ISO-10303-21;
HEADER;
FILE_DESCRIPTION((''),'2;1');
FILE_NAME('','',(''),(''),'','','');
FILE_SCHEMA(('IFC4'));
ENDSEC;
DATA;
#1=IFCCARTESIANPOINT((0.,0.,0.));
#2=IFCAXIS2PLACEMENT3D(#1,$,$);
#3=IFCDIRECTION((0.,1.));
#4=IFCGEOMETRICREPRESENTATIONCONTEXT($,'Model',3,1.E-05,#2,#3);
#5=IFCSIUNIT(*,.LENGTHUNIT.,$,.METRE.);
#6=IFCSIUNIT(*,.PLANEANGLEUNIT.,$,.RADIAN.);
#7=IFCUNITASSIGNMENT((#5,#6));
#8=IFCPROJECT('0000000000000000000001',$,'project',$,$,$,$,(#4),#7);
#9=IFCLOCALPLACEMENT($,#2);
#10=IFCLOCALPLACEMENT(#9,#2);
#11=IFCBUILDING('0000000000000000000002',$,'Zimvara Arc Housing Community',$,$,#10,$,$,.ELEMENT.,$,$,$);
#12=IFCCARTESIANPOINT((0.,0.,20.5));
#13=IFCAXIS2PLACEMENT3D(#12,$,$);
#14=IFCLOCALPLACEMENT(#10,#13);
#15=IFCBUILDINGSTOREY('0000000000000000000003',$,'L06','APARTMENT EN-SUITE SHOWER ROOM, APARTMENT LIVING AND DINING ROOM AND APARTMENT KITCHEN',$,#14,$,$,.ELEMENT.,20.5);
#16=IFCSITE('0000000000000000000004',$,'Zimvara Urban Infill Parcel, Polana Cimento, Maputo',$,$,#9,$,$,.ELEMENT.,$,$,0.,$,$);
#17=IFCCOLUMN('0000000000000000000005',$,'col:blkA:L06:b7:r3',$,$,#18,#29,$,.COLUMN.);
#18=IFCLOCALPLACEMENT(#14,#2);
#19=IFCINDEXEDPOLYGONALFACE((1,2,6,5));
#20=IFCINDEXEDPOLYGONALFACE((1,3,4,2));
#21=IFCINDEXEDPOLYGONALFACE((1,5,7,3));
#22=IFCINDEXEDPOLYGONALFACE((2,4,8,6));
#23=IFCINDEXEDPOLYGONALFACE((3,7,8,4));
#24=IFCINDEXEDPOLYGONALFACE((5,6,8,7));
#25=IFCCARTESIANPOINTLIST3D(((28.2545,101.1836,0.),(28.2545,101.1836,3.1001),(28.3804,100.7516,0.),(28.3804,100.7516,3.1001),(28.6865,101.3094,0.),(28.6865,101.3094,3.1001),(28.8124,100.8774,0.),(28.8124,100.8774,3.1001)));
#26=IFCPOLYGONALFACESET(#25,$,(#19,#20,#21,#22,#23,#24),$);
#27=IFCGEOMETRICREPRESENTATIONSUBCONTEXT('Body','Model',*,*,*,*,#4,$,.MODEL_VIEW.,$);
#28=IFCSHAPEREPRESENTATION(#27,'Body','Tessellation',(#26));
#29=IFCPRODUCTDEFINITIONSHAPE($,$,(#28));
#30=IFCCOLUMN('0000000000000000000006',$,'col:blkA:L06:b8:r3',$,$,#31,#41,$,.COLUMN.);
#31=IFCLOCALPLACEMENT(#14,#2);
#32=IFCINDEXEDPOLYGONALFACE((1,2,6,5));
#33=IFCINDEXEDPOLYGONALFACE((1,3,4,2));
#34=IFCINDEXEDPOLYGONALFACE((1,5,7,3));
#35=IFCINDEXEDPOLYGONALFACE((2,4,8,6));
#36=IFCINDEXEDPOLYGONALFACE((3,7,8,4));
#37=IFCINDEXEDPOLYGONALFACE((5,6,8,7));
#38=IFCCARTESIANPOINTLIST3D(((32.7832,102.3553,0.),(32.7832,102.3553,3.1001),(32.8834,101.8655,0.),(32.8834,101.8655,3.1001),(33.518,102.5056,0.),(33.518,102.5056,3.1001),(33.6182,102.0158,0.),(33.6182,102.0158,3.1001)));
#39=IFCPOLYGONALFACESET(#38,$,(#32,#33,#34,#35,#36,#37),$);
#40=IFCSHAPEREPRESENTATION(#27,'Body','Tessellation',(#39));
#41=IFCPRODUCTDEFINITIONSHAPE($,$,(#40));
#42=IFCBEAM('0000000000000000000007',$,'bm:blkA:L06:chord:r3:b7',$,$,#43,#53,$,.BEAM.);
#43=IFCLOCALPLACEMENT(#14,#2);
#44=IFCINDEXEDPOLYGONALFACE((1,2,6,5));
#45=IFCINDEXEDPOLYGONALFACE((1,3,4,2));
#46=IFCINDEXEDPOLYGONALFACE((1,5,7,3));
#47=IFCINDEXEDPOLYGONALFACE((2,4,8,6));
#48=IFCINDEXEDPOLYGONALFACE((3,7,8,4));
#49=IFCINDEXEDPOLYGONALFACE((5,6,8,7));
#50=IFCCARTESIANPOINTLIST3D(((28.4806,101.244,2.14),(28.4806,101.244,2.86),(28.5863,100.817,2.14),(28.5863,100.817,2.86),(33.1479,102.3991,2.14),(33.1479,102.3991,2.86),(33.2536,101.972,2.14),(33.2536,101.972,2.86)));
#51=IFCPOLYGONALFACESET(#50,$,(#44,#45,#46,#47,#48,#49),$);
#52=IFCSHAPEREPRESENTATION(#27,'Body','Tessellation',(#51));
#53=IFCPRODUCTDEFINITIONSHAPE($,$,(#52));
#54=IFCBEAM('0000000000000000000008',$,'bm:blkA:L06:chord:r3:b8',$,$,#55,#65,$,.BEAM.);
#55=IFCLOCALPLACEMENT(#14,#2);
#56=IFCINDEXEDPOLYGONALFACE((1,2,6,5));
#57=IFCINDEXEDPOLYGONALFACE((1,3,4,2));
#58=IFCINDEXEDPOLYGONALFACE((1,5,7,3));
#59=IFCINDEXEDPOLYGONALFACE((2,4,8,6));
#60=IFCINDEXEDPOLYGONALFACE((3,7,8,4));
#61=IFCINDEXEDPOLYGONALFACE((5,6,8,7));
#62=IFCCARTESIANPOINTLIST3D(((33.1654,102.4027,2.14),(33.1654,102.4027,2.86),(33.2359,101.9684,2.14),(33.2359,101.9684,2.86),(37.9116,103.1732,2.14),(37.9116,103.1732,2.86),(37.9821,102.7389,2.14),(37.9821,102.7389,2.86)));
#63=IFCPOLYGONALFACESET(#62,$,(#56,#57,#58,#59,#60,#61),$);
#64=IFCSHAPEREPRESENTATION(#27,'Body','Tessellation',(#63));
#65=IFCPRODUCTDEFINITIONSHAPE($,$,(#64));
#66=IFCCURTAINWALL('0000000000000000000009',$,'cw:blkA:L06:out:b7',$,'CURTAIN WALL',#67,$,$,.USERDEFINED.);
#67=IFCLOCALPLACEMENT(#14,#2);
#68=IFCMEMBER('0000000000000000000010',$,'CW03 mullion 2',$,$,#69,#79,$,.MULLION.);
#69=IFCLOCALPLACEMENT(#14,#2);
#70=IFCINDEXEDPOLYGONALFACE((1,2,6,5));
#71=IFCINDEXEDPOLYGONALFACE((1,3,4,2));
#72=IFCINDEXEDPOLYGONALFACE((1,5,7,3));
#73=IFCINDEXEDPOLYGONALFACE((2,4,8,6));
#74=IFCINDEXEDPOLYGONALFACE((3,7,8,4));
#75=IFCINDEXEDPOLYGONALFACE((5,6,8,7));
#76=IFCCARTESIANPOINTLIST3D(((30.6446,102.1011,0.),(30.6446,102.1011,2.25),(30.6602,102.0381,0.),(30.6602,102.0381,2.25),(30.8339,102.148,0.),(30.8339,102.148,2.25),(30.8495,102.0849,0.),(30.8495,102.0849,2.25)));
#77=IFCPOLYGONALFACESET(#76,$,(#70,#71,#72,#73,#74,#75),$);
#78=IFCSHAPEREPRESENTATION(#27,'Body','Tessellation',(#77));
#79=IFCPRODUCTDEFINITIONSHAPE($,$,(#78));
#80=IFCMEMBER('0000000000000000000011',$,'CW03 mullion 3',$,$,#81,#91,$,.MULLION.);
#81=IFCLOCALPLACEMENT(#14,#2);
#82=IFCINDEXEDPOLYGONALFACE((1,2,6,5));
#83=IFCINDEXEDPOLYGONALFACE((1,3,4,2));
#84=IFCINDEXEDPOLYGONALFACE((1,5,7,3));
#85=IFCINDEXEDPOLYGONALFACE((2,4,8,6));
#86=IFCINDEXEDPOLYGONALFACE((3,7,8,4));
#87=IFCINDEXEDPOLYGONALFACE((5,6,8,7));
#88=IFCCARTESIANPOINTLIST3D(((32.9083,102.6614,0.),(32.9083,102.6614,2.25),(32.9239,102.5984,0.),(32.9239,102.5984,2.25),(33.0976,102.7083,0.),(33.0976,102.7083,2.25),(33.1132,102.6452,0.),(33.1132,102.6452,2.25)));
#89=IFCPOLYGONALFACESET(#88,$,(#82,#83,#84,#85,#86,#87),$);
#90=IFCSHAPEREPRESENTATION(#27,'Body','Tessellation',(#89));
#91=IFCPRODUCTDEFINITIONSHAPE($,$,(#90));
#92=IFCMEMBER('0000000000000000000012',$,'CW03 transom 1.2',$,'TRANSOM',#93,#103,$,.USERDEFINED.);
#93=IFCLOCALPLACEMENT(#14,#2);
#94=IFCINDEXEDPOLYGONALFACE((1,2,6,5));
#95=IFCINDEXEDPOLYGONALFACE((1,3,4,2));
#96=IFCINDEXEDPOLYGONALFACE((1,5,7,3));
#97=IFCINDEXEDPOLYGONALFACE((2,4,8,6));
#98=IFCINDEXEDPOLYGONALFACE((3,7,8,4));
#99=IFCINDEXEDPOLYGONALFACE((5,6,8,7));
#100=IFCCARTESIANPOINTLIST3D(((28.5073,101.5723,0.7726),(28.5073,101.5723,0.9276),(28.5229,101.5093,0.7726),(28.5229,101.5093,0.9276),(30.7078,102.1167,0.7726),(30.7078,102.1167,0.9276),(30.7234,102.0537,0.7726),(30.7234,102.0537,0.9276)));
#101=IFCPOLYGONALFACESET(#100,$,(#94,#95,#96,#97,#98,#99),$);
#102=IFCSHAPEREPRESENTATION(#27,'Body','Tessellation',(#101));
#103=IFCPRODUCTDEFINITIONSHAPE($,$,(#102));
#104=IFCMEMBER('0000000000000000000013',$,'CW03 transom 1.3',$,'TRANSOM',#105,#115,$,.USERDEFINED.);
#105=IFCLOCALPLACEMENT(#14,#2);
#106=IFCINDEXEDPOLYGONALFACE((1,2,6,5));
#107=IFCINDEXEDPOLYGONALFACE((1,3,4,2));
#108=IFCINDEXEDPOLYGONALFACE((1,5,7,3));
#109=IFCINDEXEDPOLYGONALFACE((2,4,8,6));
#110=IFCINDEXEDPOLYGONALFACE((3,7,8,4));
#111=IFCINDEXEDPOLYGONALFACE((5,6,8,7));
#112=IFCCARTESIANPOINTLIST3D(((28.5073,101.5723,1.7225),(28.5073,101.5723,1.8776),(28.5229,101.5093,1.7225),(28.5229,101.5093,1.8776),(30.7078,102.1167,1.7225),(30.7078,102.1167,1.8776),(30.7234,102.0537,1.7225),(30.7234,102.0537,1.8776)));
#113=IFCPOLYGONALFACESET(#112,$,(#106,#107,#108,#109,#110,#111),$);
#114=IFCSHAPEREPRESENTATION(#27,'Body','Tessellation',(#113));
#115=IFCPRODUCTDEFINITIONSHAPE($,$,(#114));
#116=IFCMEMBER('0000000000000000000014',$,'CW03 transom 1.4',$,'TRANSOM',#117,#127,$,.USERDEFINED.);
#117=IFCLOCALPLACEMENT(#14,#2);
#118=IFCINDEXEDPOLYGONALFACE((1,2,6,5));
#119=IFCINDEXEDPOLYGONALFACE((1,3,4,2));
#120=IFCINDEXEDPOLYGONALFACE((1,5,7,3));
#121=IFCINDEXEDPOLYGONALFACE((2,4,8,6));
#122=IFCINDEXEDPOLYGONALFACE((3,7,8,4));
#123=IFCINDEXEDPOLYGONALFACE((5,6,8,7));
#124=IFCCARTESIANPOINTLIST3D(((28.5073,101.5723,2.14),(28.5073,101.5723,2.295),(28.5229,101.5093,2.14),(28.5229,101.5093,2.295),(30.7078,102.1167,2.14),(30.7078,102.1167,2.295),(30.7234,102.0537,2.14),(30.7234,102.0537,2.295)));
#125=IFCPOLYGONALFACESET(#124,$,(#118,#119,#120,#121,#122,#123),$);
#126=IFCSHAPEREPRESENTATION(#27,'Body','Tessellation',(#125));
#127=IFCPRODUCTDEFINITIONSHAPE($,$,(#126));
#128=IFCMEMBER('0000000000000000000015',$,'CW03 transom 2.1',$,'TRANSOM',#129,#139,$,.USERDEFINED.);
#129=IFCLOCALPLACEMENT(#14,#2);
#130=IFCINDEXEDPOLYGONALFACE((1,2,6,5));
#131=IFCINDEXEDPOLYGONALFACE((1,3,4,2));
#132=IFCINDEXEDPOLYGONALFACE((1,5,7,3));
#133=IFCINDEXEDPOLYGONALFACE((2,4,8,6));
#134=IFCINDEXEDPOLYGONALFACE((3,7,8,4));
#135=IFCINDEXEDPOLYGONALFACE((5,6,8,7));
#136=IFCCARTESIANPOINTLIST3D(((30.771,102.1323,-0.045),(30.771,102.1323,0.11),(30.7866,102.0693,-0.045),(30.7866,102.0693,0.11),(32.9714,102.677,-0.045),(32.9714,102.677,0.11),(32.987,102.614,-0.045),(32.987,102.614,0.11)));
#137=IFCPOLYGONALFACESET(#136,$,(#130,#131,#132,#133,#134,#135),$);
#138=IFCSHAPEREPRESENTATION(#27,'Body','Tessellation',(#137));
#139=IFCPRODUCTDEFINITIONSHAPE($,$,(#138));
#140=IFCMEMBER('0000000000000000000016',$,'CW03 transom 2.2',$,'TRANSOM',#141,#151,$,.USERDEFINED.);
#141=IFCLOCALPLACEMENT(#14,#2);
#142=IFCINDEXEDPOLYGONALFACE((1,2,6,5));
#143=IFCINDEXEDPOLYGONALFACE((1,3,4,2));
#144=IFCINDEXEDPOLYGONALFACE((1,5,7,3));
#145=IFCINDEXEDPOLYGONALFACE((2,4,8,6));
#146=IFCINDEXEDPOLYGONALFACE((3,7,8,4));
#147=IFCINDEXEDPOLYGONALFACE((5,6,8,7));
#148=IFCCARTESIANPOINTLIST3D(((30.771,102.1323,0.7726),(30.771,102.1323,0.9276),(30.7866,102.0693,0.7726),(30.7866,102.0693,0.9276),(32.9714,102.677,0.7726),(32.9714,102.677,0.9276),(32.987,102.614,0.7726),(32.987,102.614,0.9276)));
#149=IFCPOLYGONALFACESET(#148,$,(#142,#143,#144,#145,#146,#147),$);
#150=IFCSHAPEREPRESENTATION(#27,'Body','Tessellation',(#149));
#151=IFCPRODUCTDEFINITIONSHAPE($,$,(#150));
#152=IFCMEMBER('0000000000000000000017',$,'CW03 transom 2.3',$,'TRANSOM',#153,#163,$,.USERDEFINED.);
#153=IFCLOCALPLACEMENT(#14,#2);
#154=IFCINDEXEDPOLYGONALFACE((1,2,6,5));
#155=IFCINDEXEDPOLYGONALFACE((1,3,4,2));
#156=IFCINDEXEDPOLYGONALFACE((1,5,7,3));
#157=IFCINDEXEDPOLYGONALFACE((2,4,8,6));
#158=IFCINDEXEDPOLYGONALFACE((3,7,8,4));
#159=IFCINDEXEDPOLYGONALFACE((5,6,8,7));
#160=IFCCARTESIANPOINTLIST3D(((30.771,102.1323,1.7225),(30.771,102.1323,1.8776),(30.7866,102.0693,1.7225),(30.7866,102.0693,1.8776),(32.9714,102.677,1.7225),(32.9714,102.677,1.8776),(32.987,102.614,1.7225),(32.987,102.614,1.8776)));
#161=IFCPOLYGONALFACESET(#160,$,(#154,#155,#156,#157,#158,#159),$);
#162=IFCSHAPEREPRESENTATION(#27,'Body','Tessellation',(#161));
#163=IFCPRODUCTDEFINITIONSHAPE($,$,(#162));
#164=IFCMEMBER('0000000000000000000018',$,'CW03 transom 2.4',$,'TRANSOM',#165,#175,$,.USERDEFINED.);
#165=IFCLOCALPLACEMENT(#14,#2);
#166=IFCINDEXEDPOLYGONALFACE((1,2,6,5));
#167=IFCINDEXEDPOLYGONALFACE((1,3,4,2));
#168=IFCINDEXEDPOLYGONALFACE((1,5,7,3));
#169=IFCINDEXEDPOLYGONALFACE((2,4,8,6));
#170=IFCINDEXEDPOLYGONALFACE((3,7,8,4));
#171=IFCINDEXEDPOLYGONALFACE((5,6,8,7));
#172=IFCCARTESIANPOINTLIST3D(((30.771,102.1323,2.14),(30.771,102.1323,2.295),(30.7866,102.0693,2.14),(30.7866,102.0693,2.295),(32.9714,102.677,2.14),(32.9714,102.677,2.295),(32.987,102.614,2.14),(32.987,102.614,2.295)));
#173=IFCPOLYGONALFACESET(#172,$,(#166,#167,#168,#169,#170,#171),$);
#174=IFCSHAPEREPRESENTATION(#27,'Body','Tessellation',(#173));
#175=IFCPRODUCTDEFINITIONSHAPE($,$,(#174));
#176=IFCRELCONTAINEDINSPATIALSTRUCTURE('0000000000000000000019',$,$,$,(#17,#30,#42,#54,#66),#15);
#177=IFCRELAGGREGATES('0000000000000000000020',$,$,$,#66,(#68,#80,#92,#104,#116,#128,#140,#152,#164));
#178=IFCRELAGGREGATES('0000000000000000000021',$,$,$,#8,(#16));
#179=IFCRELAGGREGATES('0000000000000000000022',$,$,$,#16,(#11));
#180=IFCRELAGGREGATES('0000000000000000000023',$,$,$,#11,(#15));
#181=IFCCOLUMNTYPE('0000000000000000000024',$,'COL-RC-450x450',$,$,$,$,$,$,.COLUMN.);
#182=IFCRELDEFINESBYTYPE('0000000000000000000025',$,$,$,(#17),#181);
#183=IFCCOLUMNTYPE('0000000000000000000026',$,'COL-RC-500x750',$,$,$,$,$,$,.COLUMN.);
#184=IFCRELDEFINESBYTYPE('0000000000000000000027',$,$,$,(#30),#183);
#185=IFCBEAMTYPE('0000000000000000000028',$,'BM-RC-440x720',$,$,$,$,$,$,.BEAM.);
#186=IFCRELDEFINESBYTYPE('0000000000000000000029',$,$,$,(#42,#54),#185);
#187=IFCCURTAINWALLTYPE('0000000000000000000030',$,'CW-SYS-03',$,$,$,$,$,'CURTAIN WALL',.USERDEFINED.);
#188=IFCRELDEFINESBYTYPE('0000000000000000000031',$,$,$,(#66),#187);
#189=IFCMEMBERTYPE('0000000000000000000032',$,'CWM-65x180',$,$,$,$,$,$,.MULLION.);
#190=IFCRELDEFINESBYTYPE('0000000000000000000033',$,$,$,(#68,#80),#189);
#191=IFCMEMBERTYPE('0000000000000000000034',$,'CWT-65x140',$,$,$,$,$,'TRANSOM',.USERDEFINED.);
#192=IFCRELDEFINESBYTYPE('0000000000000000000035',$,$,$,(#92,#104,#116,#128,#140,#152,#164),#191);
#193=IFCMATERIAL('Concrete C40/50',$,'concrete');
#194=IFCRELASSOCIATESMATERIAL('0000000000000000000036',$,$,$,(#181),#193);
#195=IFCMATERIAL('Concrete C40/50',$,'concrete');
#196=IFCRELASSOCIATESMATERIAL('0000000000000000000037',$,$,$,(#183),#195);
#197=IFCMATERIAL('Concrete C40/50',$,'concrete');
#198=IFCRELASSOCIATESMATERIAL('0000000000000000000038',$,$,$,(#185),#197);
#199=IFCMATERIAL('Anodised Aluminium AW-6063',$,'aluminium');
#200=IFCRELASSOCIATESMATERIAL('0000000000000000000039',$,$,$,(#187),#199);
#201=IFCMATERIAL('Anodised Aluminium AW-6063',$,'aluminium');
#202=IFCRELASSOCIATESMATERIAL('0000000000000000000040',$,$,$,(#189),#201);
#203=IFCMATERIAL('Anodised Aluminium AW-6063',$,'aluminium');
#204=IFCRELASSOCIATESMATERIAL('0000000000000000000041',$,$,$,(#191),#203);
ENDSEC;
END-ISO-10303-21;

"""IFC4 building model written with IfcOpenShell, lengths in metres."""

from ifc_helpers import new_model, si_unit, direction, frame, origin, origin_2d, place, context, subcontext, project, spatial, rectangle, extrude, material, material_profile, profile_set, type_object, element, aggregate, save


model = new_model("IFC4")

# Units and contexts
model_context = context("Model", 3, precision=1e-05, world=origin(), true_north=direction((0.0, 1.0)))
body_context = subcontext(model_context, "Body", "Model", "MODEL_VIEW")
ifc_project = project(units=[si_unit("LENGTHUNIT", "METRE"), si_unit("PLANEANGLEUNIT", "RADIAN")], contexts=[model_context])

# Site, building, storey
site_placement = place(None, origin())
site = spatial("IfcSite", under=ifc_project, at=site_placement, Name="Zimvara Urban Infill Parcel, Polana Cimento, Maputo", CompositionType="ELEMENT", RefElevation=0.0)
building_placement = place(site_placement, origin())
building = spatial("IfcBuilding", under=site, at=building_placement, Name="Zimvara Arc Housing Community", CompositionType="ELEMENT")
storey_placement = place(building_placement, frame((0.0, 0.0, 20.5)))
storey = spatial("IfcBuildingStorey", under=building, at=storey_placement, Name="L06", Description="APARTMENT EN-SUITE SHOWER ROOM, APARTMENT LIVING AND DINING ROOM AND APARTMENT KITCHEN", CompositionType="ELEMENT", Elevation=20.5)

# Columns
ifc_material_1 = material(Name="Concrete C40/50", Category="concrete")
ifc_material_profile_1 = material_profile(ifc_material_1, rectangle(XDim=0.45, YDim=0.45, at=origin_2d()), Name="RC 450x450")
ifc_profile_set_1 = profile_set([ifc_material_profile_1], Name="Concrete C40/50")
column_type_1 = type_object("IfcColumnType", Name="COL-RC-450x450", PredefinedType="COLUMN", material=ifc_profile_set_1)
column_1_placement = place(storey_placement, frame((28.5334, 101.0305, 0.0), z_axis=(0.0, 0.0, 1.0), x_axis=(-0.279661, 0.960099, 0.0)))
element("IfcColumn", 1, at=column_1_placement, inside=storey, type_object=column_type_1, Name="col:blkA:L06:b7:r3", PredefinedType="COLUMN", context=body_context, shape_type="SweptSolid", body=[
    extrude(rectangle(XDim=0.45, YDim=0.45, at=origin_2d()), origin(), (0.0, 0.0, 1.0), 3.1001),
])
ifc_material_2 = material(Name="Concrete C40/50", Category="concrete")
ifc_material_profile_2 = material_profile(ifc_material_2, rectangle(XDim=0.5, YDim=0.75, at=origin_2d()), Name="RC 500x750")
ifc_profile_set_2 = profile_set([ifc_material_profile_2], Name="Concrete C40/50")
column_type_2 = type_object("IfcColumnType", Name="COL-RC-500x750", PredefinedType="COLUMN", material=ifc_profile_set_2)
column_2_placement = place(storey_placement, frame((33.2007, 102.1855, 0.0), z_axis=(0.0, 0.0, 1.0), x_axis=(-0.200394, 0.979715, 0.0)))
element("IfcColumn", 2, at=column_2_placement, inside=storey, type_object=column_type_2, Name="col:blkA:L06:b8:r3", PredefinedType="COLUMN", context=body_context, shape_type="SweptSolid", body=[
    extrude(rectangle(XDim=0.5, YDim=0.75, at=origin_2d()), origin(), (0.0, 0.0, 1.0), 3.1001),
])

# Beams
ifc_material_3 = material(Name="Concrete C40/50", Category="concrete")
ifc_material_profile_3 = material_profile(ifc_material_3, rectangle(XDim=0.4399, YDim=0.72, at=origin_2d()), Name="RC 440x720")
ifc_profile_set_3 = profile_set([ifc_material_profile_3], Name="Concrete C40/50")
beam_type = type_object("IfcBeamType", Name="BM-RC-440x720", PredefinedType="BEAM", material=ifc_profile_set_3)
beam_1_placement = place(storey_placement, frame((28.5334, 101.0305, 2.5), z_axis=(0.970716, 0.240229, 0.0), x_axis=(-0.240229, 0.970716, 0.0)))
element("IfcBeam", 3, at=beam_1_placement, inside=storey, type_object=beam_type, Name="bm:blkA:L06:chord:r3:b7", PredefinedType="BEAM", context=body_context, shape_type="SweptSolid", body=[
    extrude(rectangle(XDim=0.4399, YDim=0.72, at=origin_2d()), origin(), (0.0, 0.0, 1.0), 4.8081),
])
beam_2_placement = place(storey_placement, frame((33.2007, 102.1855, 2.5), z_axis=(0.987077, 0.160248, 0.0), x_axis=(-0.160248, 0.987077, 0.0)))
element("IfcBeam", 4, at=beam_2_placement, inside=storey, type_object=beam_type, Name="bm:blkA:L06:chord:r3:b8", PredefinedType="BEAM", context=body_context, shape_type="SweptSolid", body=[
    extrude(rectangle(XDim=0.4399, YDim=0.72, at=origin_2d()), origin(), (0.0, 0.0, 1.0), 4.8083),
])

# Curtain wall, members
ifc_material_4 = material(Name="Anodised Aluminium AW-6063", Category="aluminium")
curtain_wall_type = type_object("IfcCurtainWallType", Name="CW-SYS-03", ElementType="CURTAIN WALL", PredefinedType="USERDEFINED", material=ifc_material_4)
curtain_wall_placement = place(storey_placement, origin())
curtain_wall = element("IfcCurtainWall", 5, at=curtain_wall_placement, inside=storey, type_object=curtain_wall_type, Name="cw:blkA:L06:out:b7", ObjectType="CURTAIN WALL", PredefinedType="USERDEFINED")
ifc_material_5 = material(Name="Anodised Aluminium AW-6063", Category="aluminium")
ifc_material_profile_4 = material_profile(ifc_material_5, rectangle(XDim=0.0649, YDim=0.1951, at=origin_2d()), Name="ALU 65x195")
ifc_profile_set_4 = profile_set([ifc_material_profile_4], Name="Anodised Aluminium AW-6063")
member_type_1 = type_object("IfcMemberType", Name="CWM-65x180", PredefinedType="MULLION", material=ifc_profile_set_4)
member_1_placement = place(storey_placement, frame((30.7471, 102.093, 0.0), z_axis=(0.0, 0.0, 1.0), x_axis=(-0.24023, 0.970716, 0.0)))
member_1 = element("IfcMember", 6, at=member_1_placement, type_object=member_type_1, Name="CW03 mullion 2", PredefinedType="MULLION", context=body_context, shape_type="SweptSolid", body=[
    extrude(rectangle(XDim=0.0649, YDim=0.1951, at=origin_2d()), origin(), (0.0, 0.0, 1.0), 2.25),
])
member_2_placement = place(storey_placement, frame((33.0107, 102.6533, 0.0), z_axis=(0.0, 0.0, 1.0), x_axis=(-0.24023, 0.970716, 0.0)))
member_2 = element("IfcMember", 7, at=member_2_placement, type_object=member_type_1, Name="CW03 mullion 3", PredefinedType="MULLION", context=body_context, shape_type="SweptSolid", body=[
    extrude(rectangle(XDim=0.0649, YDim=0.1951, at=origin_2d()), origin(), (0.0, 0.0, 1.0), 2.25),
])
ifc_material_6 = material(Name="Anodised Aluminium AW-6063", Category="aluminium")
ifc_material_profile_5 = material_profile(ifc_material_6, rectangle(XDim=0.0649, YDim=0.155, at=origin_2d()), Name="ALU 65x155")
ifc_profile_set_5 = profile_set([ifc_material_profile_5], Name="Anodised Aluminium AW-6063")
member_type_2 = type_object("IfcMemberType", Name="CWT-65x140", ElementType="TRANSOM", PredefinedType="USERDEFINED", material=ifc_profile_set_5)
member_3_placement = place(storey_placement, frame((28.5151, 101.5408, 0.8501), z_axis=(0.970729, 0.240178, 0.0), x_axis=(-0.240178, 0.970729, 0.0)))
member_3 = element("IfcMember", 8, at=member_3_placement, type_object=member_type_2, Name="CW03 transom 1.2", ObjectType="TRANSOM", PredefinedType="USERDEFINED", context=body_context, shape_type="SweptSolid", body=[
    extrude(rectangle(XDim=0.0649, YDim=0.155, at=origin_2d()), origin(), (0.0, 0.0, 1.0), 2.2668),
])
member_4_placement = place(storey_placement, frame((28.5151, 101.5408, 1.8), z_axis=(0.970729, 0.240178, 0.0), x_axis=(-0.240178, 0.970729, 0.0)))
member_4 = element("IfcMember", 9, at=member_4_placement, type_object=member_type_2, Name="CW03 transom 1.3", ObjectType="TRANSOM", PredefinedType="USERDEFINED", context=body_context, shape_type="SweptSolid", body=[
    extrude(rectangle(XDim=0.0649, YDim=0.155, at=origin_2d()), origin(), (0.0, 0.0, 1.0), 2.2668),
])
member_5_placement = place(storey_placement, frame((28.5151, 101.5408, 2.2175), z_axis=(0.970729, 0.240178, 0.0), x_axis=(-0.240178, 0.970729, 0.0)))
member_5 = element("IfcMember", 10, at=member_5_placement, type_object=member_type_2, Name="CW03 transom 1.4", ObjectType="TRANSOM", PredefinedType="USERDEFINED", context=body_context, shape_type="SweptSolid", body=[
    extrude(rectangle(XDim=0.0649, YDim=0.155, at=origin_2d()), origin(), (0.0, 0.0, 1.0), 2.2668),
])
member_6_placement = place(storey_placement, frame((30.7788, 102.1008, 0.0325), z_axis=(0.970704, 0.24028, 0.0), x_axis=(-0.24028, 0.970704, 0.0)))
member_6 = element("IfcMember", 11, at=member_6_placement, type_object=member_type_2, Name="CW03 transom 2.1", ObjectType="TRANSOM", PredefinedType="USERDEFINED", context=body_context, shape_type="SweptSolid", body=[
    extrude(rectangle(XDim=0.0649, YDim=0.155, at=origin_2d()), origin(), (0.0, 0.0, 1.0), 2.2668),
])
member_7_placement = place(storey_placement, frame((30.7788, 102.1008, 0.8501), z_axis=(0.970704, 0.24028, 0.0), x_axis=(-0.24028, 0.970704, 0.0)))
member_7 = element("IfcMember", 12, at=member_7_placement, type_object=member_type_2, Name="CW03 transom 2.2", ObjectType="TRANSOM", PredefinedType="USERDEFINED", context=body_context, shape_type="SweptSolid", body=[
    extrude(rectangle(XDim=0.0649, YDim=0.155, at=origin_2d()), origin(), (0.0, 0.0, 1.0), 2.2668),
])
member_8_placement = place(storey_placement, frame((30.7788, 102.1008, 1.8), z_axis=(0.970704, 0.24028, 0.0), x_axis=(-0.24028, 0.970704, 0.0)))
member_8 = element("IfcMember", 13, at=member_8_placement, type_object=member_type_2, Name="CW03 transom 2.3", ObjectType="TRANSOM", PredefinedType="USERDEFINED", context=body_context, shape_type="SweptSolid", body=[
    extrude(rectangle(XDim=0.0649, YDim=0.155, at=origin_2d()), origin(), (0.0, 0.0, 1.0), 2.2668),
])
member_9_placement = place(storey_placement, frame((30.7788, 102.1008, 2.2175), z_axis=(0.970704, 0.24028, 0.0), x_axis=(-0.24028, 0.970704, 0.0)))
member_9 = element("IfcMember", 14, at=member_9_placement, type_object=member_type_2, Name="CW03 transom 2.4", ObjectType="TRANSOM", PredefinedType="USERDEFINED", context=body_context, shape_type="SweptSolid", body=[
    extrude(rectangle(XDim=0.0649, YDim=0.155, at=origin_2d()), origin(), (0.0, 0.0, 1.0), 2.2668),
])
aggregate(curtain_wall, [member_1, member_2, member_3, member_4, member_5, member_6, member_7, member_8, member_9])

save(model, "model.ifc")
